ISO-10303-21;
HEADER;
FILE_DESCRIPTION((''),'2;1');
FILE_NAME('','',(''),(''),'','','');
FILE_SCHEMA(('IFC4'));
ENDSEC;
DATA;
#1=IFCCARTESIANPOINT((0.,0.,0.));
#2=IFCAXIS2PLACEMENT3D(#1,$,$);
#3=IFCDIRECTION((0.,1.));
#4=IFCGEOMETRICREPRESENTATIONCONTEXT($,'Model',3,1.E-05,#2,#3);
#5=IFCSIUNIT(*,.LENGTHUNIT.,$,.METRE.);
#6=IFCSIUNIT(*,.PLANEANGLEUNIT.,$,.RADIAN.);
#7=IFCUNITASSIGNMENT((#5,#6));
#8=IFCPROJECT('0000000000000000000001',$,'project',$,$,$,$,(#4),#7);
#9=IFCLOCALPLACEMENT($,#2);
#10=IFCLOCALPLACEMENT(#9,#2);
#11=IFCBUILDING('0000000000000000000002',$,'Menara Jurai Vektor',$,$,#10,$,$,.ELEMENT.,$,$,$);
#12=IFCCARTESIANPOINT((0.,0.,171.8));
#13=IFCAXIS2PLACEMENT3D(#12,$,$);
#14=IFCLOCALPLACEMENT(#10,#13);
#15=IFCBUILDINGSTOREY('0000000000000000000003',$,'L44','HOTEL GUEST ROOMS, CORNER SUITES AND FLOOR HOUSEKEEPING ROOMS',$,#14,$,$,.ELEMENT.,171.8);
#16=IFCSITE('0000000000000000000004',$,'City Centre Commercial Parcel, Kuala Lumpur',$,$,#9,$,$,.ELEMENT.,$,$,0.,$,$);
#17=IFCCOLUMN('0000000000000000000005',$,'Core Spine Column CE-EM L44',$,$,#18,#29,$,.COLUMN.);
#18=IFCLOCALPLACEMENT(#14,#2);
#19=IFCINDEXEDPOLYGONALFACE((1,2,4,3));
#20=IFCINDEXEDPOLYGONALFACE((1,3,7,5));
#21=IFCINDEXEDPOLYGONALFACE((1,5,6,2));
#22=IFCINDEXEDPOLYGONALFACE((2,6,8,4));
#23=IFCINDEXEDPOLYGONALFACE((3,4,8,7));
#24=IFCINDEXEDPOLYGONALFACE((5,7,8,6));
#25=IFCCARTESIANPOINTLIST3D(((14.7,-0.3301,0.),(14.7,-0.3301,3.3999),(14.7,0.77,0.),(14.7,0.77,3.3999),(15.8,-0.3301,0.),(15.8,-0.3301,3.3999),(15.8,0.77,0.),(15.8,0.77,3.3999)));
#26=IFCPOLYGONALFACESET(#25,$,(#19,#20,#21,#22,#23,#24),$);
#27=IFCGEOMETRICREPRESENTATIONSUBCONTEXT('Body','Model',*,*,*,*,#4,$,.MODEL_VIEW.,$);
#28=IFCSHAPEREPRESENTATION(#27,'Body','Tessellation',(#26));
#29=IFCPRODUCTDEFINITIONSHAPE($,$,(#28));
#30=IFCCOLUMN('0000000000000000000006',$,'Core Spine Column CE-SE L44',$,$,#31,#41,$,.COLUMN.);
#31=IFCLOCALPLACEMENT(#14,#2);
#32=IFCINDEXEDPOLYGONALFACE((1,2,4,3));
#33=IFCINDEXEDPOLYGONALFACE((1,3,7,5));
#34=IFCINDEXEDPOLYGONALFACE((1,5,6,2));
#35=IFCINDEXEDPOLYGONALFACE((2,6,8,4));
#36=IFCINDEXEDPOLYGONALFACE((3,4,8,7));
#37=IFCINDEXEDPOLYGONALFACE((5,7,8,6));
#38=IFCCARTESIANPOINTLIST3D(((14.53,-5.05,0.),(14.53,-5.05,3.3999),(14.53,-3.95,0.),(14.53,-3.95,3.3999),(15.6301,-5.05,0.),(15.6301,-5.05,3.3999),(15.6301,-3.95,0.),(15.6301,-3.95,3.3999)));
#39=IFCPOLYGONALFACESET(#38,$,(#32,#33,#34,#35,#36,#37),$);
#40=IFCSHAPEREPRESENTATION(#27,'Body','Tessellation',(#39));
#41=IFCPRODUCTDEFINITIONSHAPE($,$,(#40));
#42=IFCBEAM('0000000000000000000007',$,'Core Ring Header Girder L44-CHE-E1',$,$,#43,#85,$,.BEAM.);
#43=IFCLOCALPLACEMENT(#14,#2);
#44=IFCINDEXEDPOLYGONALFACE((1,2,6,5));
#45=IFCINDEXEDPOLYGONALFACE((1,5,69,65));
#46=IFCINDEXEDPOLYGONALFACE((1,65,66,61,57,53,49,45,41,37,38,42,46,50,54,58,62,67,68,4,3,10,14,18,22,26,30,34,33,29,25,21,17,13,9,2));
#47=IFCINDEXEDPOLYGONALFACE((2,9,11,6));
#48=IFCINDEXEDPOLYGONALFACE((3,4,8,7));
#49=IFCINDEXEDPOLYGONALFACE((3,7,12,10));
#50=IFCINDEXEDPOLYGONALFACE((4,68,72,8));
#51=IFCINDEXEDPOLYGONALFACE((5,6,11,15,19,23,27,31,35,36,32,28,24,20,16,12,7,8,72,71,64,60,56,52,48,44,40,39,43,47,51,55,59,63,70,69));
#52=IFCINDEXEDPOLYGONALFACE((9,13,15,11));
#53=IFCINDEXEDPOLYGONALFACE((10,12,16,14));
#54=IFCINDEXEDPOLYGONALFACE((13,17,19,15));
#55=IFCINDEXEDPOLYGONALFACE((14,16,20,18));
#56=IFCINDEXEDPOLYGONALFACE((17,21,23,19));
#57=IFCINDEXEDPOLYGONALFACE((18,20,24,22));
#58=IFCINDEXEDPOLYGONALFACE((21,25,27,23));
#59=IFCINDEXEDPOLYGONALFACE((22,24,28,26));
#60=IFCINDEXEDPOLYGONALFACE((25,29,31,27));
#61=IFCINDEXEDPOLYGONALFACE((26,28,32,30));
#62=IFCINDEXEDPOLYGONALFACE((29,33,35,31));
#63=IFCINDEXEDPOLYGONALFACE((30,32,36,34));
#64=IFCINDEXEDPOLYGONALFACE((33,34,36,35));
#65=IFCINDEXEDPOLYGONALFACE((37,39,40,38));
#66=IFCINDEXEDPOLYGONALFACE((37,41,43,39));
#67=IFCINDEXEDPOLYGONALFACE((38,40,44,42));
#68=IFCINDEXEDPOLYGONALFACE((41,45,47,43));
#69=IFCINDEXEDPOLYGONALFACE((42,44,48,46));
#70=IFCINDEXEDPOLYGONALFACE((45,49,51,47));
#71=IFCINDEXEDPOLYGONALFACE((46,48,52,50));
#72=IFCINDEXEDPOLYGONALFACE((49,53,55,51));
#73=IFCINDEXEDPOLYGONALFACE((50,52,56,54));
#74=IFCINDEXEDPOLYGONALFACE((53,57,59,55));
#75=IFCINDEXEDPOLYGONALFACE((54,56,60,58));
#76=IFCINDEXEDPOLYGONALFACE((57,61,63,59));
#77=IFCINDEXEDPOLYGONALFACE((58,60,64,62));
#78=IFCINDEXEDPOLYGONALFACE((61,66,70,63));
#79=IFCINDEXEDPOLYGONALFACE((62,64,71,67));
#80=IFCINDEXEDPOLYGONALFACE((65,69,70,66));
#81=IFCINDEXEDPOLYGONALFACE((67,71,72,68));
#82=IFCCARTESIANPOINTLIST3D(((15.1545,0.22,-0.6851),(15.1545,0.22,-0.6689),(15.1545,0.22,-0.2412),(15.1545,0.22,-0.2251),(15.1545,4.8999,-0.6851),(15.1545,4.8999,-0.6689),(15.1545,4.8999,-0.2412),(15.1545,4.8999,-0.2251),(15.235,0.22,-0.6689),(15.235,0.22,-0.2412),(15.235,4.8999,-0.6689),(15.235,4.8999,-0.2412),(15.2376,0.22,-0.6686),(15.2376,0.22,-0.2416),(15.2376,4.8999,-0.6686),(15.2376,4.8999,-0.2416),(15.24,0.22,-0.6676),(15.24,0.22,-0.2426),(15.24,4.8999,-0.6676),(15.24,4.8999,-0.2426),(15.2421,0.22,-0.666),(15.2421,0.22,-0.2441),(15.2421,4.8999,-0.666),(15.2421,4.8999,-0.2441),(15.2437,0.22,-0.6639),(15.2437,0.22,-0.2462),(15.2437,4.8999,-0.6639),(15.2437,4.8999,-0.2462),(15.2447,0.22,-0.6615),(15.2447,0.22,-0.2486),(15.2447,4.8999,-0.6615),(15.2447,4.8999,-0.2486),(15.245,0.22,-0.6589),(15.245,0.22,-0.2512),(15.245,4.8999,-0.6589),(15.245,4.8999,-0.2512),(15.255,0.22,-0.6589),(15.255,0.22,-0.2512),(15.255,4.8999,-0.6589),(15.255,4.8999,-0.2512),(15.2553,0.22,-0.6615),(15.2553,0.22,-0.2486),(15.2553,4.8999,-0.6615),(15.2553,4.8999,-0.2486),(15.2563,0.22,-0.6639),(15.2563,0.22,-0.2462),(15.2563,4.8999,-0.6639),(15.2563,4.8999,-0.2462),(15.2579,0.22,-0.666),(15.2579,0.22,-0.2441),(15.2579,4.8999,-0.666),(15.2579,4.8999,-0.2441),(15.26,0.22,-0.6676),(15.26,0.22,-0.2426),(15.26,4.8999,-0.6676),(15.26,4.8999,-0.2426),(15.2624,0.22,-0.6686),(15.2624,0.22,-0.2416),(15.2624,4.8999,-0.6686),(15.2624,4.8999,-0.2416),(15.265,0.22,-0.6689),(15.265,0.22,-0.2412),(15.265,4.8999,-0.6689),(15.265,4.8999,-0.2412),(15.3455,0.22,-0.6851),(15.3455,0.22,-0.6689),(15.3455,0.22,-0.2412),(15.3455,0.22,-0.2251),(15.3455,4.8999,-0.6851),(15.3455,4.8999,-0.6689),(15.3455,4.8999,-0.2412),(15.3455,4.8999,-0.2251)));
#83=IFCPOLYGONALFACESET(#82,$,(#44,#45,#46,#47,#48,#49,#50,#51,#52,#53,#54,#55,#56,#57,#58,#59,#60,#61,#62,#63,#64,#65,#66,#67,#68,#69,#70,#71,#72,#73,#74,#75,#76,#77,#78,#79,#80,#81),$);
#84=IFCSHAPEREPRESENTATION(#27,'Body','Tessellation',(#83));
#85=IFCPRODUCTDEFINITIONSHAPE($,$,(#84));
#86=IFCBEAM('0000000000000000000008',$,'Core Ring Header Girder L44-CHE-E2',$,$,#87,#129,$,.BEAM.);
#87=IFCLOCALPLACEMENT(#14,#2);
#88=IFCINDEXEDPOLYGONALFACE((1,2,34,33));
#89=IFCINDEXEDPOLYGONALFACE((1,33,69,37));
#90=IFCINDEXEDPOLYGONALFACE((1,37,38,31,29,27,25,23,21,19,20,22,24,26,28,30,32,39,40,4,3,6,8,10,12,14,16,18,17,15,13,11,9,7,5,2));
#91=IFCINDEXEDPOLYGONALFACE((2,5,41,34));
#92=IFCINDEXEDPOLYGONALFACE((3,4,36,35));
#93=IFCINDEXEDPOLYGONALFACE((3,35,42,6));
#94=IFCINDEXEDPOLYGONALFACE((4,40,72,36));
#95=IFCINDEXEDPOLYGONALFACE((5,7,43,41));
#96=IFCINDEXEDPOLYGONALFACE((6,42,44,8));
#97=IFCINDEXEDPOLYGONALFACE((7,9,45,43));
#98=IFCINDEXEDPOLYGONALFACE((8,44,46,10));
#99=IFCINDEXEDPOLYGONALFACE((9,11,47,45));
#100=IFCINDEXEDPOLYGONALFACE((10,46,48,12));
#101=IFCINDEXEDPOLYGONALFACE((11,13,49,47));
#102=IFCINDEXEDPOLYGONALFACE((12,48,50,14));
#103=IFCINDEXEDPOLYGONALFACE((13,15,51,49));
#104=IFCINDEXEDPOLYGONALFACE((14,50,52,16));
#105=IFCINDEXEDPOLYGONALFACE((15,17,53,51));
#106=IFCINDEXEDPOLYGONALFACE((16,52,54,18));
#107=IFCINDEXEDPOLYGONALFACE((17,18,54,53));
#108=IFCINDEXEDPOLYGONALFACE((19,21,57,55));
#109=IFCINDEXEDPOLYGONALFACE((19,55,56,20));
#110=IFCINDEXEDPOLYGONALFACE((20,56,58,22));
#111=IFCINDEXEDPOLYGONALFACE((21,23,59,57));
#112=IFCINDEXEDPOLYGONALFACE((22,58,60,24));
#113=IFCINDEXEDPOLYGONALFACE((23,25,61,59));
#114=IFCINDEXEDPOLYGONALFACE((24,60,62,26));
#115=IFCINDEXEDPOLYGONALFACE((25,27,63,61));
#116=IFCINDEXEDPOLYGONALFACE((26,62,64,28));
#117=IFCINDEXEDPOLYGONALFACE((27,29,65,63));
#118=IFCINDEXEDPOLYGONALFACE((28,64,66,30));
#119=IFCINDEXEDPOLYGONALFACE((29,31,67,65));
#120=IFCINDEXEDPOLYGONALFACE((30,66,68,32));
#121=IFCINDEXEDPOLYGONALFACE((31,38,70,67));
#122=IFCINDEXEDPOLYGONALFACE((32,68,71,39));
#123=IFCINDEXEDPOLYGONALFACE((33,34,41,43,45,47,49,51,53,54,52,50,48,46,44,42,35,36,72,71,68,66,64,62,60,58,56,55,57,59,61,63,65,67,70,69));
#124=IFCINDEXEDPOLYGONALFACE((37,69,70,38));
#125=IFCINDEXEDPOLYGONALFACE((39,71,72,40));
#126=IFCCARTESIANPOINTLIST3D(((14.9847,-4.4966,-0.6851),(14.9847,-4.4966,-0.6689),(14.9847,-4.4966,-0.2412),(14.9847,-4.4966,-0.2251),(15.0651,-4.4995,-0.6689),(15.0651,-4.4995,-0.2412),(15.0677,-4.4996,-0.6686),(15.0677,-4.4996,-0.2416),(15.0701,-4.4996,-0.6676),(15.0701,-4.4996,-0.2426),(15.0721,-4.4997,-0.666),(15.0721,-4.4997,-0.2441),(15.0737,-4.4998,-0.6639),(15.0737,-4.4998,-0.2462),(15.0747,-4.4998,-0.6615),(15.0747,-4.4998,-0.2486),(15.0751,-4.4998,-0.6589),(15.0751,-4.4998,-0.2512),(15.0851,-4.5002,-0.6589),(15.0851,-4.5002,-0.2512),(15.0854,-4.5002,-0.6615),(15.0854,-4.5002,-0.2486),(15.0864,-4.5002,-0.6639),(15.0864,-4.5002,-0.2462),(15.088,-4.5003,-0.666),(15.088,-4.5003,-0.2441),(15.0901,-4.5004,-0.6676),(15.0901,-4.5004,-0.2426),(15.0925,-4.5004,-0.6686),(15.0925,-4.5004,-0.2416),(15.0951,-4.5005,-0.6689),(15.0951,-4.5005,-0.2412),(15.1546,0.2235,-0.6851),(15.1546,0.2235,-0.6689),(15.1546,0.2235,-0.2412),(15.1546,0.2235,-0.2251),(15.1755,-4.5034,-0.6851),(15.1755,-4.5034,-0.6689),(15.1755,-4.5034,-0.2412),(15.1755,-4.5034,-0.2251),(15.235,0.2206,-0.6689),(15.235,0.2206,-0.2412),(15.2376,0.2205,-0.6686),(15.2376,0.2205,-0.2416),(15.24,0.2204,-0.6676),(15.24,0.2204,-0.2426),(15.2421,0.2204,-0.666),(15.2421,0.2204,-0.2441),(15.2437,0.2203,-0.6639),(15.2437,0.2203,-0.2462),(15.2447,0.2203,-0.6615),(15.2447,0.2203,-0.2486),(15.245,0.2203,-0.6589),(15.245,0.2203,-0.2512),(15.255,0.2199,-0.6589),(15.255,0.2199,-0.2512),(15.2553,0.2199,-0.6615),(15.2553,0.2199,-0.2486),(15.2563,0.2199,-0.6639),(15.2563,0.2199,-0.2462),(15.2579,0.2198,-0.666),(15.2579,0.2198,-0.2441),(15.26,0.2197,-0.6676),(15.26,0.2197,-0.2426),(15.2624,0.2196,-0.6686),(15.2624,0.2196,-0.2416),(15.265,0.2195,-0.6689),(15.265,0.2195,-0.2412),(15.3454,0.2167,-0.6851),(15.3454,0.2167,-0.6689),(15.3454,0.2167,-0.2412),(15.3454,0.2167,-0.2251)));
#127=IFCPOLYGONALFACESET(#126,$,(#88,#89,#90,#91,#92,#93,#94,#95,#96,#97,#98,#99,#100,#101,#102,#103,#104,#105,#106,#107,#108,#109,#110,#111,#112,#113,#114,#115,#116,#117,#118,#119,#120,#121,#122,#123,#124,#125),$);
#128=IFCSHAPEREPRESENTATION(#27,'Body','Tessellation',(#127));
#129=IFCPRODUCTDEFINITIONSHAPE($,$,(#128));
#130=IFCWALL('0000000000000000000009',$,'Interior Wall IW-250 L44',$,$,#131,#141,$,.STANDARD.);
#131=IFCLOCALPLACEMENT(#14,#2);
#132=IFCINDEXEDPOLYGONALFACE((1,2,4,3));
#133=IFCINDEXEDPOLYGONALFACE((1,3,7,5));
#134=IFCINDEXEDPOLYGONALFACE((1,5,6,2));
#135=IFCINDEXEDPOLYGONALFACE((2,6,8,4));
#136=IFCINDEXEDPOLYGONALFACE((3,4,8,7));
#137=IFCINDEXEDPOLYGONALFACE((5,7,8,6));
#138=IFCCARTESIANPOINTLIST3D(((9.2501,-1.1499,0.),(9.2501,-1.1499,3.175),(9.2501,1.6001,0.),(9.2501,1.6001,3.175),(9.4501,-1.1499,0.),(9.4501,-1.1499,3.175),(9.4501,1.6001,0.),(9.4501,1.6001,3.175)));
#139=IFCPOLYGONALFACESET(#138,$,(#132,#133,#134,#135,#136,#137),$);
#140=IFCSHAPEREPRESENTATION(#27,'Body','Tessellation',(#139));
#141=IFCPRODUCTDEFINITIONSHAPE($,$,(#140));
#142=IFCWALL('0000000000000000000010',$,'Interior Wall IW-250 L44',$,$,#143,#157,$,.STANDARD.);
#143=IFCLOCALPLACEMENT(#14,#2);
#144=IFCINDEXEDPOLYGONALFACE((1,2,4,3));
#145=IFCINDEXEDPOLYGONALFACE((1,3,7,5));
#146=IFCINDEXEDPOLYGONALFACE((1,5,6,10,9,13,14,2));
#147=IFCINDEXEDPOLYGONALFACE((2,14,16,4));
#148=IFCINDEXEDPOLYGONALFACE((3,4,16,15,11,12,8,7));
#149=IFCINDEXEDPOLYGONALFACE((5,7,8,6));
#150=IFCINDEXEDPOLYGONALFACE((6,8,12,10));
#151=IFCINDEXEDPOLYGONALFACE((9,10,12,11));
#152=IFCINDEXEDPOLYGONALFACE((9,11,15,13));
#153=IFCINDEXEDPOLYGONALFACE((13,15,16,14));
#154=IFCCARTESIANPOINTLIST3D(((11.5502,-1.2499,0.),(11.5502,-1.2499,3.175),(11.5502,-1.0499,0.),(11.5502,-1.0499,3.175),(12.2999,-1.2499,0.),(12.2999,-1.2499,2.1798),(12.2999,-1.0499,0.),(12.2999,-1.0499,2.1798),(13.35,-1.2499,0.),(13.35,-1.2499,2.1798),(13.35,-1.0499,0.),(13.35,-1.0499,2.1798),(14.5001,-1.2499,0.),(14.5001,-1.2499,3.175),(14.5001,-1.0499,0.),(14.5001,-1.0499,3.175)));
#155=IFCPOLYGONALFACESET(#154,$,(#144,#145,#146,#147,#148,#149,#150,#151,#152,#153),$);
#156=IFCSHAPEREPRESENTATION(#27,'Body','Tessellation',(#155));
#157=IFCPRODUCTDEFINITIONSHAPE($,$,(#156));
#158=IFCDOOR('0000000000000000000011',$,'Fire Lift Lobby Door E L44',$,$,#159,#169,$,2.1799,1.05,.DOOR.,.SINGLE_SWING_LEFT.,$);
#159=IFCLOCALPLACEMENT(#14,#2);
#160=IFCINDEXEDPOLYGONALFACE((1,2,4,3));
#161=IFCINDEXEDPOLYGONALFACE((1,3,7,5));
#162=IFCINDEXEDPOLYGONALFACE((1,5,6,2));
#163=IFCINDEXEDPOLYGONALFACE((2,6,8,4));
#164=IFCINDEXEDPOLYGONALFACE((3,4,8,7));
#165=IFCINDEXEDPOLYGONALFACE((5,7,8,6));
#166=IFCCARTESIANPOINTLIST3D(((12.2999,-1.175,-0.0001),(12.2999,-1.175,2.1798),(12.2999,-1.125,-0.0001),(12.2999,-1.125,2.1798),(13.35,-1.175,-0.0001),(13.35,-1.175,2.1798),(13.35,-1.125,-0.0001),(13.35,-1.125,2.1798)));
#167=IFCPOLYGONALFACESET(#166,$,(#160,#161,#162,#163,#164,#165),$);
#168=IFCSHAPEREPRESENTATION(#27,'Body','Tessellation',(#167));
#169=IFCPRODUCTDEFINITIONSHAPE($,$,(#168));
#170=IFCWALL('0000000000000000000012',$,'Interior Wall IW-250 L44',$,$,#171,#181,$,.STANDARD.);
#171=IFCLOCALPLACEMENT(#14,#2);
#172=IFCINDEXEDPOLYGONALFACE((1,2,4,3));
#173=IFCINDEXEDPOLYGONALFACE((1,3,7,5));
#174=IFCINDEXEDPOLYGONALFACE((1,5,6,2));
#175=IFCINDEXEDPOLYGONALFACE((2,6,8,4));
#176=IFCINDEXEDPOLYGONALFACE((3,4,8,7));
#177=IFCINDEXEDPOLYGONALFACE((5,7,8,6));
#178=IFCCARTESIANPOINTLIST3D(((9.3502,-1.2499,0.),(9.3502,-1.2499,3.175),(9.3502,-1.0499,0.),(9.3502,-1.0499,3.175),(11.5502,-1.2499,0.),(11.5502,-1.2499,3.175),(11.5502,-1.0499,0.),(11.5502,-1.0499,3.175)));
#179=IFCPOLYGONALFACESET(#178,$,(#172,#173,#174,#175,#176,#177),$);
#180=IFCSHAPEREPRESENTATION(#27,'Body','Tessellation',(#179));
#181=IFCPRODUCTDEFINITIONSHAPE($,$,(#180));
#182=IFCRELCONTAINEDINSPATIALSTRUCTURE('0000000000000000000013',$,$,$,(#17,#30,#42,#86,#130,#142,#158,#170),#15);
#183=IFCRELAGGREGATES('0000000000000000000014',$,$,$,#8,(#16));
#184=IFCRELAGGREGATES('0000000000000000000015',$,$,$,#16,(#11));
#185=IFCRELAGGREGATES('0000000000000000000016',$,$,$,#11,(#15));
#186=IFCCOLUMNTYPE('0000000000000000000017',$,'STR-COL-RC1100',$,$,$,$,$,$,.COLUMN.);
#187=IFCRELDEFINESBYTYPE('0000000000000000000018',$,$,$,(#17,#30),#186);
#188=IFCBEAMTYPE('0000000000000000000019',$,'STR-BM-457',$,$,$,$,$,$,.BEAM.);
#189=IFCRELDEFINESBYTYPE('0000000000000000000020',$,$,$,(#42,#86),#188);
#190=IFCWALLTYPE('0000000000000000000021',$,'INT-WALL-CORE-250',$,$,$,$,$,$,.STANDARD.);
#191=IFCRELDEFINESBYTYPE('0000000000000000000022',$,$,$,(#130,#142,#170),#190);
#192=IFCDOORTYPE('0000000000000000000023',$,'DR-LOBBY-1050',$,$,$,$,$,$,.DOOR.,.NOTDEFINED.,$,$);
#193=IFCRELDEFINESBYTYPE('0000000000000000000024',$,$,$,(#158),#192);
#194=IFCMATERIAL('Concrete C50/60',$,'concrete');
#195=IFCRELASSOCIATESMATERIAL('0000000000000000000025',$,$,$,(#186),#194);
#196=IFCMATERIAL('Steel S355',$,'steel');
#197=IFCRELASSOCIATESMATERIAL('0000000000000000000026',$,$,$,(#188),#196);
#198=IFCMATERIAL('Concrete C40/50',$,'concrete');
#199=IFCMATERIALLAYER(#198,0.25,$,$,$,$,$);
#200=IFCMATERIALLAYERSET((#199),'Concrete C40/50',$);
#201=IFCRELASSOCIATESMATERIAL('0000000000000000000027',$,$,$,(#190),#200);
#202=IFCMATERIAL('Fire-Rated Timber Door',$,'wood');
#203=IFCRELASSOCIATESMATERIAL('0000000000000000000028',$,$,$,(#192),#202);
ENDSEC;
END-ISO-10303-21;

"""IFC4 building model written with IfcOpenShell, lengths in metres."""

from ifc_helpers import new_model, si_unit, direction, frame, frame_2d, origin, origin_2d, place, context, subcontext, project, spatial, rectangle, i_section, extrude, material, layer, layer_set, material_profile, profile_set, type_object, element, fill, save


model = new_model("IFC4")

# Units and contexts
model_context = context("Model", 3, precision=1e-05, world=origin(), true_north=direction((0.0, 1.0)))
body_context = subcontext(model_context, "Body", "Model", "MODEL_VIEW")
ifc_project = project(units=[si_unit("LENGTHUNIT", "METRE"), si_unit("PLANEANGLEUNIT", "RADIAN")], contexts=[model_context])

# Site, building, storey
site_placement = place(None, origin())
site = spatial("IfcSite", under=ifc_project, at=site_placement, Name="City Centre Commercial Parcel, Kuala Lumpur", CompositionType="ELEMENT", RefElevation=0.0)
building_placement = place(site_placement, origin())
building = spatial("IfcBuilding", under=site, at=building_placement, Name="Menara Jurai Vektor", CompositionType="ELEMENT")
storey_placement = place(building_placement, frame((0.0, 0.0, 171.8)))
storey = spatial("IfcBuildingStorey", under=building, at=storey_placement, Name="L44", Description="HOTEL GUEST ROOMS, CORNER SUITES AND FLOOR HOUSEKEEPING ROOMS", CompositionType="ELEMENT", Elevation=171.8)

# Columns
ifc_material_1 = material(Name="Concrete C50/60", Category="concrete")
ifc_material_profile_1 = material_profile(ifc_material_1, rectangle(XDim=1.1001, YDim=1.1001, at=origin_2d()), Name="RC 1100x1100")
ifc_profile_set_1 = profile_set([ifc_material_profile_1], Name="Concrete C50/60")
column_type = type_object("IfcColumnType", Name="STR-COL-RC1100", PredefinedType="COLUMN", material=ifc_profile_set_1)
for number, where, z_axis, x_axis, name in (
    (1, (15.25, 0.22, 0.0), (0.0, 0.0, 1.0), (1.0, 0.0, 0.0), "Core Spine Column CE-EM L44"),
    (2, (15.0801, -4.5, 0.0), (0.0, 0.0, 1.0), (1.0, 0.0, 0.0), "Core Spine Column CE-SE L44"),
):
    element("IfcColumn", number, at=place(storey_placement, frame(where, z_axis=z_axis, x_axis=x_axis)), inside=storey, type_object=column_type, Name=name, PredefinedType="COLUMN", context=body_context, shape_type="SweptSolid", body=[
        extrude(rectangle(XDim=1.1001, YDim=1.1001, at=origin_2d()), origin(), (0.0, 0.0, 1.0), 3.3999),
    ])

# Beams
ifc_material_2 = material(Name="Steel S355", Category="steel")
ifc_material_profile_2 = material_profile(ifc_material_2, i_section(OverallWidth=0.1909, OverallDepth=0.46, WebThickness=0.01, FlangeThickness=0.0161, FilletRadius=0.01, at=origin_2d()), Name="UKB 457x191x82")
ifc_profile_set_2 = profile_set([ifc_material_profile_2], Name="Steel S355")
beam_type = type_object("IfcBeamType", Name="STR-BM-457", PredefinedType="BEAM", material=ifc_profile_set_2)
beam_1_placement = place(storey_placement, frame((15.25, 0.22, -0.4551), z_axis=(0.0, 1.0, 0.0), x_axis=(-1.0, 0.0, 0.0)))
element("IfcBeam", 3, at=beam_1_placement, inside=storey, type_object=beam_type, Name="Core Ring Header Girder L44-CHE-E1", PredefinedType="BEAM", context=body_context, shape_type="SweptSolid", body=[
    extrude(i_section(OverallWidth=0.1909, OverallDepth=0.46, WebThickness=0.01, FlangeThickness=0.0161, FilletRadius=0.01, at=origin_2d()), origin(), (0.0, 0.0, 1.0), 4.6799),
])
beam_2_placement = place(storey_placement, frame((15.0801, -4.5, -0.4551), z_axis=(0.035977, 0.999353, 0.0), x_axis=(-0.999353, 0.035977, 0.0)))
element("IfcBeam", 4, at=beam_2_placement, inside=storey, type_object=beam_type, Name="Core Ring Header Girder L44-CHE-E2", PredefinedType="BEAM", context=body_context, shape_type="SweptSolid", body=[
    extrude(i_section(OverallWidth=0.1909, OverallDepth=0.46, WebThickness=0.01, FlangeThickness=0.0161, FilletRadius=0.01, at=origin_2d()), origin(), (0.0, 0.0, 1.0), 4.7231),
])

# Shared definitions
ifc_material_3 = material(Name="Concrete C40/50", Category="concrete")
ifc_layer_1 = layer(ifc_material_3, 0.25)
ifc_layer_set_1 = layer_set([ifc_layer_1], Name="Concrete C40/50")
wall_type_1 = type_object("IfcWallType", Name="INT-WALL-CORE-250", PredefinedType="STANDARD", material=ifc_layer_set_1)

# Wall
wall_1_placement = place(storey_placement, frame((9.3501, -1.1499, 0.0), z_axis=(0.0, 0.0, 1.0), x_axis=(0.0, 1.0, 0.0)))
element("IfcWall", 5, at=wall_1_placement, inside=storey, type_object=wall_type_1, Name="Interior Wall IW-250 L44", PredefinedType="STANDARD", context=body_context, shape_type="SweptSolid", body=[
    extrude(rectangle(XDim=2.75, YDim=0.2, at=frame_2d((1.375, 0.0))), origin(), (0.0, 0.0, 1.0), 3.175),
])

# Wall, opening, door
wall_2_placement = place(storey_placement, frame((11.55, -1.1499, 0.0), z_axis=(0.0, 0.0, 1.0), x_axis=(1.0, 0.0, 0.0)))
wall_2 = element("IfcWall", 6, at=wall_2_placement, inside=storey, type_object=wall_type_1, Name="Interior Wall IW-250 L44", PredefinedType="STANDARD", context=body_context, shape_type="SweptSolid", body=[
    extrude(rectangle(XDim=2.95, YDim=0.2, at=frame_2d((1.4751, 0.0))), origin(), (0.0, 0.0, 1.0), 3.175),
])
opening_1_placement = place(wall_2_placement, frame((0.75, 0.0, 0.0)))
opening_1 = element("IfcOpeningElement", 7, at=opening_1_placement, cuts=wall_2, PredefinedType="OPENING", context=body_context, shape_type="SweptSolid", body=[
    extrude(rectangle(XDim=1.05, YDim=2.1799, at=frame_2d((0.5249, 1.0898))), frame((0.0, 0.1099, 0.0), z_axis=(0.0, -1.0, 0.0), x_axis=(1.0, 0.0, 0.0)), (0.0, 0.0, 1.0), 0.22),
])
ifc_material_4 = material(Name="Fire-Rated Timber Door", Category="wood")
door_type_1 = type_object("IfcDoorType", Name="DR-LOBBY-1050", OperationType="NOTDEFINED", PredefinedType="DOOR", material=ifc_material_4)
door_1_placement = place(opening_1_placement, origin())
door_1 = element("IfcDoor", 8, at=door_1_placement, inside=storey, type_object=door_type_1, Name="Fire Lift Lobby Door E L44", OperationType="SINGLE_SWING_LEFT", OverallHeight=2.1799, OverallWidth=1.05, PredefinedType="DOOR", context=body_context, shape_type="SweptSolid", body=[
    extrude(rectangle(XDim=1.05, YDim=2.1799, at=frame_2d((0.5249, 1.0898))), frame((0.0, 0.0249, 0.0), z_axis=(0.0, -1.0, 0.0), x_axis=(1.0, 0.0, 0.0)), (0.0, 0.0, 1.0), 0.05),
])
fill(opening_1, door_1)

# Wall
wall_3_placement = place(storey_placement, frame((9.3501, -1.1499, 0.0), z_axis=(0.0, 0.0, 1.0), x_axis=(1.0, 0.0, 0.0)))
element("IfcWall", 9, at=wall_3_placement, inside=storey, type_object=wall_type_1, Name="Interior Wall IW-250 L44", PredefinedType="STANDARD", context=body_context, shape_type="SweptSolid", body=[
    extrude(rectangle(XDim=2.2, YDim=0.2, at=frame_2d((1.1001, 0.0))), origin(), (0.0, 0.0, 1.0), 3.175),
])

save(model, "model.ifc")
